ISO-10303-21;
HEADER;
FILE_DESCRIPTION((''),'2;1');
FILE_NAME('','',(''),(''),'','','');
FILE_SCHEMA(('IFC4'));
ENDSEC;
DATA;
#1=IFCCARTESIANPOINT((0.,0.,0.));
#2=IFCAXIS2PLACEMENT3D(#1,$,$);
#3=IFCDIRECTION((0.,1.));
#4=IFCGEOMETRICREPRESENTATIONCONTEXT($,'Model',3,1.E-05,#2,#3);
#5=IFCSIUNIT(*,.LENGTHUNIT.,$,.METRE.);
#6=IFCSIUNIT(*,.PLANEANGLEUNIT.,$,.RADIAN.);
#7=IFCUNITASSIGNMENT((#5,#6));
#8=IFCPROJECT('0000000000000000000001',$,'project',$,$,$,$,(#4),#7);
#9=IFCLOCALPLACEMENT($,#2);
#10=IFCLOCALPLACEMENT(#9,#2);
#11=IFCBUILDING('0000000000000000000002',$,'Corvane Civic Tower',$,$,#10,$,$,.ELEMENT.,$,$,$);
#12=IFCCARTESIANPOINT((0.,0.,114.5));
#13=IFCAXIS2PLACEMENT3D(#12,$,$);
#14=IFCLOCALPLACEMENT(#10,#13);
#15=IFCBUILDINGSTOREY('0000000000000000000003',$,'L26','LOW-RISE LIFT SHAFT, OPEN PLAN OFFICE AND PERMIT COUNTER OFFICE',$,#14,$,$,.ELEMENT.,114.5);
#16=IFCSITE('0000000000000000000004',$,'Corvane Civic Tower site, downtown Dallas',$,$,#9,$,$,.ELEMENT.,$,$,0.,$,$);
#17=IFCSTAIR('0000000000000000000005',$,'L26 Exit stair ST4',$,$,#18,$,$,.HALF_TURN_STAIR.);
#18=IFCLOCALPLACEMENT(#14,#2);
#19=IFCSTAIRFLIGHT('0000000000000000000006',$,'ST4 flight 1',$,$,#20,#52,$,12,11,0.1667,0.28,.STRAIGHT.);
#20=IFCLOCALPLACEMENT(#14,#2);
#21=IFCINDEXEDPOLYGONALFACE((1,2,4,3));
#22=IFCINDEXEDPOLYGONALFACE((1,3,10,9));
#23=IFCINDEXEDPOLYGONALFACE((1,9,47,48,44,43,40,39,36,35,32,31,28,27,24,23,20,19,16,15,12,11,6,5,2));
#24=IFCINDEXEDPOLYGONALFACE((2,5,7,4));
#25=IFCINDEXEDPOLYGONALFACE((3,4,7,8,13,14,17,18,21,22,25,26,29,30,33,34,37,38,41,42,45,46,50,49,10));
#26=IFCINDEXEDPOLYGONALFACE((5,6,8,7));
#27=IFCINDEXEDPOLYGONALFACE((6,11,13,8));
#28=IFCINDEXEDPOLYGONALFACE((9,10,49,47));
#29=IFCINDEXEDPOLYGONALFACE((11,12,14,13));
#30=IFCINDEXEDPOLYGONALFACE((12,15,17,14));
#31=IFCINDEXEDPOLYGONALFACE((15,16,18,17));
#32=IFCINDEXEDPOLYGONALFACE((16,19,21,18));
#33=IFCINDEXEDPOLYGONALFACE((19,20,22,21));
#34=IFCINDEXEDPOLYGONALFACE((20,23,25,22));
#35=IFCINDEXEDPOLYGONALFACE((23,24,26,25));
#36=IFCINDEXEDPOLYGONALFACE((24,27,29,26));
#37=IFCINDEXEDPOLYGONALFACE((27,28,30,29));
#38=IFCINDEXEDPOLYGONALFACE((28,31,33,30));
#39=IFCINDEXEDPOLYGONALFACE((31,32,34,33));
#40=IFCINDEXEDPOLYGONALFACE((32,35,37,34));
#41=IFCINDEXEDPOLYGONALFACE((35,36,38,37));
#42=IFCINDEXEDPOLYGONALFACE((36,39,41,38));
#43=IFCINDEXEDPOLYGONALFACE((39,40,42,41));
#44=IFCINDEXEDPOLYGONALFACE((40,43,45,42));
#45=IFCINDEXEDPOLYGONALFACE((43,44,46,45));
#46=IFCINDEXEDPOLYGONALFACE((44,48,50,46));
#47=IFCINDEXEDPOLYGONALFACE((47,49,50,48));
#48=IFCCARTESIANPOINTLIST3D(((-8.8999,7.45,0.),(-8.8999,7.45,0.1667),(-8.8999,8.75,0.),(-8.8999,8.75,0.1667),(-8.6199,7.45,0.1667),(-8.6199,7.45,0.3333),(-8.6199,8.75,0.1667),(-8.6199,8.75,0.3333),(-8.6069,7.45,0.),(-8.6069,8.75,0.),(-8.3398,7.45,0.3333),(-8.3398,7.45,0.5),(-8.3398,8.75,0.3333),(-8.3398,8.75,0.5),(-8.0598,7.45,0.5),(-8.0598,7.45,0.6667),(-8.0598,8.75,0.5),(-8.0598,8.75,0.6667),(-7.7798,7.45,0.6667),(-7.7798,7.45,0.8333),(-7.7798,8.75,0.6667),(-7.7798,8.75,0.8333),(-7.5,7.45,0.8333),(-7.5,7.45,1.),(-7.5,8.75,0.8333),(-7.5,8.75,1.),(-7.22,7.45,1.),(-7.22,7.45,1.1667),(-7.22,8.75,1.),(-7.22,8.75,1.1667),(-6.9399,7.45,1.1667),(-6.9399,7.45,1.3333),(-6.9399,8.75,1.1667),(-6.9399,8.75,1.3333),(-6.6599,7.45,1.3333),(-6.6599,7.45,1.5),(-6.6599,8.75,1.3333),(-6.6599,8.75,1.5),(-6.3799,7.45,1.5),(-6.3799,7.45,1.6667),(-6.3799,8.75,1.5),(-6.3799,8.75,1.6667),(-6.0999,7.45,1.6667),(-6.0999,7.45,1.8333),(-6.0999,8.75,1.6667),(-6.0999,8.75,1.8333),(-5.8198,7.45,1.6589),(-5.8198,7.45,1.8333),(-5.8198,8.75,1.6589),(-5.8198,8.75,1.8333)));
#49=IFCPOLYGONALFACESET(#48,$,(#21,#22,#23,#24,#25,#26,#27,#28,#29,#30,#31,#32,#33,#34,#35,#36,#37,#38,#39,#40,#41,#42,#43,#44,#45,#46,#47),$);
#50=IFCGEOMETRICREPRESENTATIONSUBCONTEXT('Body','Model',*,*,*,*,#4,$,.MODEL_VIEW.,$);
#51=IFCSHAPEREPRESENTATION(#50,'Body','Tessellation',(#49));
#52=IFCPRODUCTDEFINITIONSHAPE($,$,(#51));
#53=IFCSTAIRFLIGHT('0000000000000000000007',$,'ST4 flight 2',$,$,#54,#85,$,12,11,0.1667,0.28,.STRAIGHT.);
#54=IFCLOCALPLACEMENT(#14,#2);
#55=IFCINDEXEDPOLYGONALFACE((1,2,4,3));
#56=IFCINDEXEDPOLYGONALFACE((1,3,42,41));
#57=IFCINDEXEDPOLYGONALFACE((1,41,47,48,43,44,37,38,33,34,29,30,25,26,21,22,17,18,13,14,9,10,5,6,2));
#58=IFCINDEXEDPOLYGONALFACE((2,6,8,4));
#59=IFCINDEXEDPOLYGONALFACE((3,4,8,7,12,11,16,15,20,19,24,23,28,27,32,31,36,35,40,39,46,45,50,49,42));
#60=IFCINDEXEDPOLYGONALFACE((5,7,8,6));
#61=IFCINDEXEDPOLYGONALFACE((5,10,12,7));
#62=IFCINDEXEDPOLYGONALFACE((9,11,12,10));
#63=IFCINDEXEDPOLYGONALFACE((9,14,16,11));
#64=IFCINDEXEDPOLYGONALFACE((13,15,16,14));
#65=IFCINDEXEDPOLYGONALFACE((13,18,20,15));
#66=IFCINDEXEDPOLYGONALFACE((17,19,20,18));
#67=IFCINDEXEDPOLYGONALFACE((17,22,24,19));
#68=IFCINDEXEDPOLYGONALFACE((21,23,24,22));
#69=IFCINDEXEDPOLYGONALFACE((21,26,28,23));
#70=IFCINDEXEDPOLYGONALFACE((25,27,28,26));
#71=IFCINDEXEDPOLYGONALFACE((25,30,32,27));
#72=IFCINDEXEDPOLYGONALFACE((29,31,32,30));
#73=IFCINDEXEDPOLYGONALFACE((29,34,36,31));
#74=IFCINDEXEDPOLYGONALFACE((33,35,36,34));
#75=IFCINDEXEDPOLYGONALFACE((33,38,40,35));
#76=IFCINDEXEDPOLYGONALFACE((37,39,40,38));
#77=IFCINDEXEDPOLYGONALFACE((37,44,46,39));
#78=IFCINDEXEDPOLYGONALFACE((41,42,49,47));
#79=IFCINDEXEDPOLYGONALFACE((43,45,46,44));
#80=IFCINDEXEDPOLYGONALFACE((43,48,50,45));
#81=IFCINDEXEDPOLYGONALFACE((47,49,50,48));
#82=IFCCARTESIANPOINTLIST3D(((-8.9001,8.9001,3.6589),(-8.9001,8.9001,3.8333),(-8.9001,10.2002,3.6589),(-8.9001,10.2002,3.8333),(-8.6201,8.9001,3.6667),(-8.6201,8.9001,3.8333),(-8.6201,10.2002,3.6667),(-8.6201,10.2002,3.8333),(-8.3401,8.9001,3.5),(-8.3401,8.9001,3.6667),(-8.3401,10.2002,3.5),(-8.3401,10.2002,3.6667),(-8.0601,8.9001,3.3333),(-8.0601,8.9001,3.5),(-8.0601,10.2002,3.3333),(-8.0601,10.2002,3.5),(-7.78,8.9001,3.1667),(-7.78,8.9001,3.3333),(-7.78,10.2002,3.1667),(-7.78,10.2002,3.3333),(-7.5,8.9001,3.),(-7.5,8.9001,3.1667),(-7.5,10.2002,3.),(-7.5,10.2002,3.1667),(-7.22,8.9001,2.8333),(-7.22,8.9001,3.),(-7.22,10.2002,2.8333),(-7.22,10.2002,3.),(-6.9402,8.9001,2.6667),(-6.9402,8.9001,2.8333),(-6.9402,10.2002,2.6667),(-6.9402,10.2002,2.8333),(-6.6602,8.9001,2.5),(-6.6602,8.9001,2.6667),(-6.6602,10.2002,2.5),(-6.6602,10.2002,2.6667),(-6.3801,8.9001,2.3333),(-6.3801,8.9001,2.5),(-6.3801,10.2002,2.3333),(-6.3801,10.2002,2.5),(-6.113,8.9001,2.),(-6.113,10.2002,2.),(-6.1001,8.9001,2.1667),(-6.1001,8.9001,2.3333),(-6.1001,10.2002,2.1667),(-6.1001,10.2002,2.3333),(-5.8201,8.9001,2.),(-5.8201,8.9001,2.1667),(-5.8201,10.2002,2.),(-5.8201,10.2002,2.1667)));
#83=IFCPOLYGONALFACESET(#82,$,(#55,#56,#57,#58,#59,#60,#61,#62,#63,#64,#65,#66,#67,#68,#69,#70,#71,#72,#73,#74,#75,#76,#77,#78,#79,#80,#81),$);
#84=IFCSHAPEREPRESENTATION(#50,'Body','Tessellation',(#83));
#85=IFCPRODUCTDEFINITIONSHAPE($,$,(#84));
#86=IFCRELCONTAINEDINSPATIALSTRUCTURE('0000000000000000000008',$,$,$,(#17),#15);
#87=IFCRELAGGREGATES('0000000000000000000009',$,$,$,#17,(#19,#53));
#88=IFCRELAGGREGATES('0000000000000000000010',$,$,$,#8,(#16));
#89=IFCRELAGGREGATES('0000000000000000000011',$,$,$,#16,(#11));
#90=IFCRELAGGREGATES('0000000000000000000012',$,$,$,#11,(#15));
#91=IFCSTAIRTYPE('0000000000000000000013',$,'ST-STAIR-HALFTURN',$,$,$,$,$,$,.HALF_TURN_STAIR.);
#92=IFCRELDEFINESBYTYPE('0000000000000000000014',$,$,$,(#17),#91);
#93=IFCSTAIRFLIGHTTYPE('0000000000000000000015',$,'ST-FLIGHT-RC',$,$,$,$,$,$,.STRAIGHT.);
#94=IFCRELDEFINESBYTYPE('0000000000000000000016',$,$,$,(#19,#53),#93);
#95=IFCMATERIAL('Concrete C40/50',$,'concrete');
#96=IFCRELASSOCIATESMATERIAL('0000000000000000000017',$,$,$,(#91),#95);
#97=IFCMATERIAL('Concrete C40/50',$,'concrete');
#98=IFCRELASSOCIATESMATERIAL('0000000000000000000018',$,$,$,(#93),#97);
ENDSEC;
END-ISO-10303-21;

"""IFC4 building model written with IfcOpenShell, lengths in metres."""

from ifc_helpers import new_model, si_unit, direction, frame, origin, place, context, subcontext, project, spatial, polyline, outline, extrude, material, type_object, element, aggregate, save


model = new_model("IFC4")

# Units and contexts
model_context = context("Model", 3, precision=1e-05, world=origin(), true_north=direction((0.0, 1.0)))
body_context = subcontext(model_context, "Body", "Model", "MODEL_VIEW")
ifc_project = project(units=[si_unit("LENGTHUNIT", "METRE"), si_unit("PLANEANGLEUNIT", "RADIAN")], contexts=[model_context])

# Site, building, storey
site_placement = place(None, origin())
site = spatial("IfcSite", under=ifc_project, at=site_placement, Name="Corvane Civic Tower site, downtown Dallas", CompositionType="ELEMENT", RefElevation=0.0)
building_placement = place(site_placement, origin())
building = spatial("IfcBuilding", under=site, at=building_placement, Name="Corvane Civic Tower", CompositionType="ELEMENT")
storey_placement = place(building_placement, frame((0.0, 0.0, 114.5)))
storey = spatial("IfcBuildingStorey", under=building, at=storey_placement, Name="L26", Description="LOW-RISE LIFT SHAFT, OPEN PLAN OFFICE AND PERMIT COUNTER OFFICE", CompositionType="ELEMENT", Elevation=114.5)

# Stair
ifc_material_1 = material(Name="Concrete C40/50", Category="concrete")
stair_type = type_object("IfcStairType", Name="ST-STAIR-HALFTURN", PredefinedType="HALF_TURN_STAIR", material=ifc_material_1)
stair_1_placement = place(storey_placement, origin())
stair_1 = element("IfcStair", 1, at=stair_1_placement, inside=storey, type_object=stair_type, Name="L26 Exit stair ST4", PredefinedType="HALF_TURN_STAIR")

# Stair flights
ifc_material_2 = material(Name="Concrete C40/50", Category="concrete")
stair_flight_type = type_object("IfcStairFlightType", Name="ST-FLIGHT-RC", PredefinedType="STRAIGHT", material=ifc_material_2)
stair_flight_1_placement = place(storey_placement, frame((-8.8999, 8.1001, 0.0), z_axis=(0.0, 0.0, 1.0), x_axis=(1.0, 0.0, 0.0)))
stair_flight_1 = element("IfcStairFlight", 2, at=stair_flight_1_placement, type_object=stair_flight_type, Name="ST4 flight 1", NumberOfRisers=12, NumberOfTreads=11, PredefinedType="STRAIGHT", RiserHeight=0.1667, TreadLength=0.28, context=body_context, shape_type="SweptSolid", body=[
    extrude(outline(polyline([(0.0, 0.0), (0.0, 0.1667), (0.28, 0.1667), (0.28, 0.3333), (0.5601, 0.3333), (0.5601, 0.5), (0.8401, 0.5), (0.8401, 0.6667), (1.1201, 0.6667), (1.1201, 0.8333), (1.3999, 0.8333), (1.3999, 1.0), (1.6799, 1.0), (1.6799, 1.1667), (1.96, 1.1667), (1.96, 1.3333), (2.24, 1.3333), (2.24, 1.5), (2.52, 1.5), (2.52, 1.6667), (2.8, 1.6667), (2.8, 1.8333), (3.0801, 1.8333), (3.0801, 2.0), (3.0801, 1.6589), (0.293, 0.0), (0.0, 0.0)])), frame((0.0, 0.6499, 0.0), z_axis=(0.0, -1.0, 0.0), x_axis=(1.0, 0.0, 0.0)), (0.0, 0.0, 1.0), 1.3),
])
stair_flight_2_placement = place(storey_placement, frame((-5.8201, 9.55, 2.0), z_axis=(0.0, 0.0, 1.0), x_axis=(-1.0, 0.0, 0.0)))
stair_flight_2 = element("IfcStairFlight", 3, at=stair_flight_2_placement, type_object=stair_flight_type, Name="ST4 flight 2", NumberOfRisers=12, NumberOfTreads=11, PredefinedType="STRAIGHT", RiserHeight=0.1667, TreadLength=0.28, context=body_context, shape_type="SweptSolid", body=[
    extrude(outline(polyline([(0.0, 0.0), (0.0, 0.1667), (0.28, 0.1667), (0.28, 0.3333), (0.5601, 0.3333), (0.5601, 0.5), (0.8401, 0.5), (0.8401, 0.6667), (1.1201, 0.6667), (1.1201, 0.8333), (1.3999, 0.8333), (1.3999, 1.0), (1.6799, 1.0), (1.6799, 1.1667), (1.96, 1.1667), (1.96, 1.3333), (2.24, 1.3333), (2.24, 1.5), (2.52, 1.5), (2.52, 1.6667), (2.8, 1.6667), (2.8, 1.8333), (3.0801, 1.8333), (3.0801, 2.0), (3.0801, 1.6589), (0.293, 0.0), (0.0, 0.0)])), frame((0.0, 0.6499, 0.0), z_axis=(0.0, -1.0, 0.0), x_axis=(1.0, 0.0, 0.0)), (0.0, 0.0, 1.0), 1.3),
])
aggregate(stair_1, [stair_flight_1, stair_flight_2])

save(model, "model.ifc")
